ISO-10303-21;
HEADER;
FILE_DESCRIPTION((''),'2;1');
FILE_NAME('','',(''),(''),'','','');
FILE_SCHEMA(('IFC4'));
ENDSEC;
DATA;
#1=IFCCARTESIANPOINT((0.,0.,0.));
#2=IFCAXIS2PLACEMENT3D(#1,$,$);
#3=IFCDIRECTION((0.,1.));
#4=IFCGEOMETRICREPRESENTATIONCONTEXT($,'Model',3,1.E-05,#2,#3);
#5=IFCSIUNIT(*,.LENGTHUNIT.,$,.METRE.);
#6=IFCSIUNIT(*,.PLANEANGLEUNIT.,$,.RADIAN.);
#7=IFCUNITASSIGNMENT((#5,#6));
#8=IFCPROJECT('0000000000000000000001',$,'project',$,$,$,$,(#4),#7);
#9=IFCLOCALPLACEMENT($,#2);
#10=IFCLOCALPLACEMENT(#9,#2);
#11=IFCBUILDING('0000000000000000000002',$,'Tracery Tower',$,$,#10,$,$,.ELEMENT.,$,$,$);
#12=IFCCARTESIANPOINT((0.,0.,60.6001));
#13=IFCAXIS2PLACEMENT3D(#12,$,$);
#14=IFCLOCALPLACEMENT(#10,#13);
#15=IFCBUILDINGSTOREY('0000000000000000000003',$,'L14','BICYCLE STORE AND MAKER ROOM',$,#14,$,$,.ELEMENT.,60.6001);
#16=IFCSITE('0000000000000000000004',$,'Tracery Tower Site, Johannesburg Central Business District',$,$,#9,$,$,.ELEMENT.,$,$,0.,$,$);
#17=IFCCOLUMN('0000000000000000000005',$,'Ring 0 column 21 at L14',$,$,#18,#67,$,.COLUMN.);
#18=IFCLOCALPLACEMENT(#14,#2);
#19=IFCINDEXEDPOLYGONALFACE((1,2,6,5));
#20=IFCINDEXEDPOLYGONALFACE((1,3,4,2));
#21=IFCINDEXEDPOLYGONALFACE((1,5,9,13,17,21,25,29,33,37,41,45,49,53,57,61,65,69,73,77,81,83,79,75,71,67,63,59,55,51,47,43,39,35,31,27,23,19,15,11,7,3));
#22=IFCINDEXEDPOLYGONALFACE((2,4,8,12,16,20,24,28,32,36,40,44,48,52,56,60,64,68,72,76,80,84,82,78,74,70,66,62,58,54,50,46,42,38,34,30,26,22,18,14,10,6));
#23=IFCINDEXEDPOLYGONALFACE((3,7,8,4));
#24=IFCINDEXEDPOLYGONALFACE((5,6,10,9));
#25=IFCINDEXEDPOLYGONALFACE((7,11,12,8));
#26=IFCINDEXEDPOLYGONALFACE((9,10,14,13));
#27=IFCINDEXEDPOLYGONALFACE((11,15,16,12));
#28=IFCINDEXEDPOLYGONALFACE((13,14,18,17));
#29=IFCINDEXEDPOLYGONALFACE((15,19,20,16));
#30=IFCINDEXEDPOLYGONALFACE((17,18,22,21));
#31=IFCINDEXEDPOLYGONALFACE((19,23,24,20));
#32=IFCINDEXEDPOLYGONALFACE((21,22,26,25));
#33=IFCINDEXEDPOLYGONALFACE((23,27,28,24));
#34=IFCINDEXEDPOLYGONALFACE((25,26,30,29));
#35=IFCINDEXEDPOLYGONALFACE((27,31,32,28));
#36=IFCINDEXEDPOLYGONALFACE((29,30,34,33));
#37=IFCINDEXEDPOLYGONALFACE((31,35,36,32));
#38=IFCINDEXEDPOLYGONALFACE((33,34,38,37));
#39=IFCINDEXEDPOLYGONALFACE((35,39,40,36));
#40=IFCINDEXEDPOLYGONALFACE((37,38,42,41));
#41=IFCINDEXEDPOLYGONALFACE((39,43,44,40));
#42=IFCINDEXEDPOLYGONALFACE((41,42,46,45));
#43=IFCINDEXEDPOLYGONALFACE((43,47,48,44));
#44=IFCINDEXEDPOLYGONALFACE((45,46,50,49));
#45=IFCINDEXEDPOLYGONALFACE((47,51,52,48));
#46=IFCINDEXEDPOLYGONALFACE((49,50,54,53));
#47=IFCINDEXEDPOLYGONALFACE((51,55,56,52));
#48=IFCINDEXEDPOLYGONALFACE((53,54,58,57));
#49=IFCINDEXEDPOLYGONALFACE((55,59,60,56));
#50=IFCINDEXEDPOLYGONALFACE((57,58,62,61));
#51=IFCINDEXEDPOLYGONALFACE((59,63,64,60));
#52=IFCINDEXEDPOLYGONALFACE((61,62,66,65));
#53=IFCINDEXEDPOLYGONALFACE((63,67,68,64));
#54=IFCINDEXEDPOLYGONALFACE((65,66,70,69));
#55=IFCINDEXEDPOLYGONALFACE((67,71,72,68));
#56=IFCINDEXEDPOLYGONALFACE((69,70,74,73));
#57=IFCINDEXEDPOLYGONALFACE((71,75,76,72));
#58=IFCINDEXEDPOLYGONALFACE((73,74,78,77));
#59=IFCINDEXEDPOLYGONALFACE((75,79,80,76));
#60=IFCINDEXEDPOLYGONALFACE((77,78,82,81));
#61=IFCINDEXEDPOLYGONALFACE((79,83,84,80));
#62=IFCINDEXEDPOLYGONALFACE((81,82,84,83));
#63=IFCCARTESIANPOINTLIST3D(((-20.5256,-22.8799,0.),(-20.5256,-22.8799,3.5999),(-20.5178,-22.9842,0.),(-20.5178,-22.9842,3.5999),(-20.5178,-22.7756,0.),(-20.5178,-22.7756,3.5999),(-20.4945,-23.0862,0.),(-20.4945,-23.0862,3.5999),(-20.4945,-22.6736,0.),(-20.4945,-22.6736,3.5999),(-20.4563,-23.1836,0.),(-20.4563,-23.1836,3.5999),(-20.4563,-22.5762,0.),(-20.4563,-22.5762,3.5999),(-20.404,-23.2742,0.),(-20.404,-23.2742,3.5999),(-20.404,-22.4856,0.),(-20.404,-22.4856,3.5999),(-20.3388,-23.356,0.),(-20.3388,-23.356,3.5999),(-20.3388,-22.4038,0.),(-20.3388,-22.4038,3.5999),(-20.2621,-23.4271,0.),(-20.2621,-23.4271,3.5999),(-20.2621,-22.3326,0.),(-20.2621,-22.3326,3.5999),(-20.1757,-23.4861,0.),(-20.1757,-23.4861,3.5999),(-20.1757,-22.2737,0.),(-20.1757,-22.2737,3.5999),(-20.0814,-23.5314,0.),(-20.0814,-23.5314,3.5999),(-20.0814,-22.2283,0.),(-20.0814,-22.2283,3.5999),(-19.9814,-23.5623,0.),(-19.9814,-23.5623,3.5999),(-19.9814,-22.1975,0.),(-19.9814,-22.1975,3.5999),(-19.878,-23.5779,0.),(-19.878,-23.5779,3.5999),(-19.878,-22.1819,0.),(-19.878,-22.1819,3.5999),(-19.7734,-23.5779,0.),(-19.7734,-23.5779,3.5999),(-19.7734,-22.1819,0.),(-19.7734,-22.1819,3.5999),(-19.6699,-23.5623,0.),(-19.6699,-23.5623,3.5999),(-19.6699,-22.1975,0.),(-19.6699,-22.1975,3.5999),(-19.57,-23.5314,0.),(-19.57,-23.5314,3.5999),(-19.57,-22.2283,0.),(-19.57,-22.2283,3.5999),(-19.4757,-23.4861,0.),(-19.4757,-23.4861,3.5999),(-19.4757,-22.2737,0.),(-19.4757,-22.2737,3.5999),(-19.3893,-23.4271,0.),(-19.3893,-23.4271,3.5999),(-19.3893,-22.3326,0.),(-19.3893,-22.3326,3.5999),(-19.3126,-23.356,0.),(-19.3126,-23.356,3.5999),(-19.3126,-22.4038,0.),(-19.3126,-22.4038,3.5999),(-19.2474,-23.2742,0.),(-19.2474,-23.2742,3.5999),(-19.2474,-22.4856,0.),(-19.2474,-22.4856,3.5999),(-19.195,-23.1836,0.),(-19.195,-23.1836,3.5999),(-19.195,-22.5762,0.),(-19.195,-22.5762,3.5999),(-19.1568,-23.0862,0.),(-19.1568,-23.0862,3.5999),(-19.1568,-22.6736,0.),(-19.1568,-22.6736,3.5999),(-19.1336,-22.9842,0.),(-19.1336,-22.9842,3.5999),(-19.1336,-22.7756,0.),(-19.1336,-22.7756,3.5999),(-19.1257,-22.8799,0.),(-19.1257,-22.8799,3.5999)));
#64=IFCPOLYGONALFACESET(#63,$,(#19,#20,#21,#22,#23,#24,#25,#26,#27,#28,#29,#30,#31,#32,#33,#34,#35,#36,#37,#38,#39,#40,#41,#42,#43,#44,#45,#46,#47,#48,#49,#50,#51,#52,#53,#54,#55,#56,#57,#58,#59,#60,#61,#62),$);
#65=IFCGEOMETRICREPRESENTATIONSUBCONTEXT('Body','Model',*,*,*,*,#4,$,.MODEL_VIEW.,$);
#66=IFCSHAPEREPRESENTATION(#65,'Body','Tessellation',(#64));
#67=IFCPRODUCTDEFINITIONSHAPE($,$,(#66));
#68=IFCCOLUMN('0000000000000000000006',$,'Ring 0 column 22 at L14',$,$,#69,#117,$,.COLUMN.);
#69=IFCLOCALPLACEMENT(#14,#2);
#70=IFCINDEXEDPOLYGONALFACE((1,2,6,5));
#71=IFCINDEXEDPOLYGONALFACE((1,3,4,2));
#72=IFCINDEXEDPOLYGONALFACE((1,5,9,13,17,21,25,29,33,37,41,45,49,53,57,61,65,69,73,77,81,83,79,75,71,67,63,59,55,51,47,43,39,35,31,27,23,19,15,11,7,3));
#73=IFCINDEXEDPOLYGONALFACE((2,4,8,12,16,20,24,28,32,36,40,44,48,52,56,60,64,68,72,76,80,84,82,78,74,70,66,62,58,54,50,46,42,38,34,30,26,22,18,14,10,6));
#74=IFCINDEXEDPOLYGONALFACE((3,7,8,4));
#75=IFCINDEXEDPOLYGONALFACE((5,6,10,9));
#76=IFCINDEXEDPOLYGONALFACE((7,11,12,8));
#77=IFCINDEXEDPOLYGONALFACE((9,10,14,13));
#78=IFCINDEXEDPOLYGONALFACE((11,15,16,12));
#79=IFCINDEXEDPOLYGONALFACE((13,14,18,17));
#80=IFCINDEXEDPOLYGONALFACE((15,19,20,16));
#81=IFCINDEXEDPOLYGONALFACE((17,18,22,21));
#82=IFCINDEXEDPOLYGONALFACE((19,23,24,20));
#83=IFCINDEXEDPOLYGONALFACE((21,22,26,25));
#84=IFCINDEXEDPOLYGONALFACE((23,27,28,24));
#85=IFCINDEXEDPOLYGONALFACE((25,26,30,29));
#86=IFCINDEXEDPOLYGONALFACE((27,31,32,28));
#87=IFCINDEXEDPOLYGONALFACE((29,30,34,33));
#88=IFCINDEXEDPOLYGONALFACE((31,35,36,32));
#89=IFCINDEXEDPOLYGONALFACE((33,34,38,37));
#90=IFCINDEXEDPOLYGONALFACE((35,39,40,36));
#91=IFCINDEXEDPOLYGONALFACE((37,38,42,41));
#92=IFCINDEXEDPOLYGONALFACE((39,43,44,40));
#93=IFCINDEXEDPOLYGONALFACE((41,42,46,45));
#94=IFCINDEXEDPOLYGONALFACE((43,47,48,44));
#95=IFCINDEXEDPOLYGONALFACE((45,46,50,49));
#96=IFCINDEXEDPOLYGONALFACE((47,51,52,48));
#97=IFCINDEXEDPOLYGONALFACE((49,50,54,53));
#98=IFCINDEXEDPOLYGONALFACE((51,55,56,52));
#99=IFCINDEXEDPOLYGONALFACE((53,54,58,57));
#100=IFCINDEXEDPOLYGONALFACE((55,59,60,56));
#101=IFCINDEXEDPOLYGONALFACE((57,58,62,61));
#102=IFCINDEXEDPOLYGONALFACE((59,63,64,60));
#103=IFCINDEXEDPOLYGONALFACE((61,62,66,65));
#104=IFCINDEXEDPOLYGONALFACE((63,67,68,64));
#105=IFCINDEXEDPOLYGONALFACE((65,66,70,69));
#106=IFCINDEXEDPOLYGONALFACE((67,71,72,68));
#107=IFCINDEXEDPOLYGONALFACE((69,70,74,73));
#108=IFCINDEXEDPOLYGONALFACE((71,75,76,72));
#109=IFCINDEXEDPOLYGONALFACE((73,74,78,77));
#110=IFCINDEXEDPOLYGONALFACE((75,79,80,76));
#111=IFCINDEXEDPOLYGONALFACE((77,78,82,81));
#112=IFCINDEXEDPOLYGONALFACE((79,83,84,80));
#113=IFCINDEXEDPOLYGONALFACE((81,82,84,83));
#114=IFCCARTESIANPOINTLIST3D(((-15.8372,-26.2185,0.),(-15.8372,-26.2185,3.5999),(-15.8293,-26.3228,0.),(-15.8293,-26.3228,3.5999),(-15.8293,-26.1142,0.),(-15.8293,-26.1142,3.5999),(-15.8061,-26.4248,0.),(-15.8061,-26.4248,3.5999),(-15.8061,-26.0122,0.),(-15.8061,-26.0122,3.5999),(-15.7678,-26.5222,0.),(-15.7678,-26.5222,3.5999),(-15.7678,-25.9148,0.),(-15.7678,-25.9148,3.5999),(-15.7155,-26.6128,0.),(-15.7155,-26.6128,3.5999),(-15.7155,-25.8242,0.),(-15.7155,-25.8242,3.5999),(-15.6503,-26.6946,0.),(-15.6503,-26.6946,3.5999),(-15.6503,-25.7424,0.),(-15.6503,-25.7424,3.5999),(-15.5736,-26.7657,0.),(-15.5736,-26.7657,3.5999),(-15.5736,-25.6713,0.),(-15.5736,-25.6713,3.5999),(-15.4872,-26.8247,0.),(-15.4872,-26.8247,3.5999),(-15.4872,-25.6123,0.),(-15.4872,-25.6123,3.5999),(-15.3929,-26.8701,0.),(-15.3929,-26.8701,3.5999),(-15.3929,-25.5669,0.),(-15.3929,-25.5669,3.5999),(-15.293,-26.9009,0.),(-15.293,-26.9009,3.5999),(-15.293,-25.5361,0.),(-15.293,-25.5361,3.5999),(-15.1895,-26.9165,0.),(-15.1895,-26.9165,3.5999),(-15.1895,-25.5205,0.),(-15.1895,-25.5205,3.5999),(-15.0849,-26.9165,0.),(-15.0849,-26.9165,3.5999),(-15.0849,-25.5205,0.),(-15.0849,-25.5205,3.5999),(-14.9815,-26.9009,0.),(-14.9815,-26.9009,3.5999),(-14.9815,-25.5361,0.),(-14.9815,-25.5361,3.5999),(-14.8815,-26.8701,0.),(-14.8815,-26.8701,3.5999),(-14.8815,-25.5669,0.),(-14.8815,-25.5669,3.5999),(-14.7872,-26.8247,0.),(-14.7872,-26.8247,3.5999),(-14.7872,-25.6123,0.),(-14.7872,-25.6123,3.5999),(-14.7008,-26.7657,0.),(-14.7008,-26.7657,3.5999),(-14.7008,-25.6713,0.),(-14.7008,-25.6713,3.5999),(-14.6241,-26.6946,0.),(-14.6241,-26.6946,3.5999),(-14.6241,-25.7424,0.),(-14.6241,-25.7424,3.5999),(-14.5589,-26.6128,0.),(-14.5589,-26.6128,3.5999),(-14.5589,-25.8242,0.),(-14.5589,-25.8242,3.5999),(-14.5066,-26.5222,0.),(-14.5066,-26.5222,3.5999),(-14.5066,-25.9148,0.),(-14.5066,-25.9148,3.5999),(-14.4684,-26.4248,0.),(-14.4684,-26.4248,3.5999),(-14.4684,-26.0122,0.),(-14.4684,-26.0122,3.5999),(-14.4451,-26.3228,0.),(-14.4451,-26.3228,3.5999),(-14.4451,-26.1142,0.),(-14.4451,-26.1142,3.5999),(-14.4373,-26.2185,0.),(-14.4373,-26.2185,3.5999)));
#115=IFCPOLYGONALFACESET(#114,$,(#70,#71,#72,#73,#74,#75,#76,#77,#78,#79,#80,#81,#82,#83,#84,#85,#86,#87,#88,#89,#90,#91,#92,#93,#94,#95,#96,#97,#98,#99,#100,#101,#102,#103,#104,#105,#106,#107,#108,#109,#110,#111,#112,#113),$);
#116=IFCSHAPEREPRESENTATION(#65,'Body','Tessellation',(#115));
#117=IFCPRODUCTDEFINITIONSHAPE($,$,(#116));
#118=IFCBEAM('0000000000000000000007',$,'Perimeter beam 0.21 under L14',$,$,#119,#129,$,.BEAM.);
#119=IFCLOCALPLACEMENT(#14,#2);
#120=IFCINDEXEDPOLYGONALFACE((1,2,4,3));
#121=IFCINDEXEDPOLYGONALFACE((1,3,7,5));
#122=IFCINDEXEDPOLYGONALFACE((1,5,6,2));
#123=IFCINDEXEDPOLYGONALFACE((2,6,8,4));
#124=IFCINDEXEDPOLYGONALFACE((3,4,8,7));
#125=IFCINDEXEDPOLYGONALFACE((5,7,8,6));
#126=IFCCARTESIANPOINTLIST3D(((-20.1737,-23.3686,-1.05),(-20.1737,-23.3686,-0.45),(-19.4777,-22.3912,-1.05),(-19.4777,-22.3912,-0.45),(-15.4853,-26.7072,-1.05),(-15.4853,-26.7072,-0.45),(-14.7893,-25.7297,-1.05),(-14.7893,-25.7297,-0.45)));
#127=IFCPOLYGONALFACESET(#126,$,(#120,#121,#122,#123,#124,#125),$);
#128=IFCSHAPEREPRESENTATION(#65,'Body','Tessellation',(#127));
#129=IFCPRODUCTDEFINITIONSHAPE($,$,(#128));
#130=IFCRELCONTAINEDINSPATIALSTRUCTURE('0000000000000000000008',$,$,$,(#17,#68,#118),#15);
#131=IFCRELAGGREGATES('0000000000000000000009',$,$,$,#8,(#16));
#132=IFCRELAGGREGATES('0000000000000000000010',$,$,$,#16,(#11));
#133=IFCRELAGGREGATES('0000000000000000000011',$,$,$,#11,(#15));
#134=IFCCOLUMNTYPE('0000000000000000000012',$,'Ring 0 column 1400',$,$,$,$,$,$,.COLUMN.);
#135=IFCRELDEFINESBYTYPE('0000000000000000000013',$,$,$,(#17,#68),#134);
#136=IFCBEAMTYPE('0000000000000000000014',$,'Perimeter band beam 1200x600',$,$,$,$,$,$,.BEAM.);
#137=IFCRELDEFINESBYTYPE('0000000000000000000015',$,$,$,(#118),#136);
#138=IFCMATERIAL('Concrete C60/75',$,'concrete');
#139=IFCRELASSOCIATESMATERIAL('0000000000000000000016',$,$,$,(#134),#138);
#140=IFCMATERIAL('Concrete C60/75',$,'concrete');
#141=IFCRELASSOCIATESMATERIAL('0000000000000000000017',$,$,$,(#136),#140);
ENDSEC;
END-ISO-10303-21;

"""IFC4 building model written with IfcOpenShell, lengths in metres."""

from ifc_helpers import new_model, si_unit, direction, frame, origin, origin_2d, place, context, subcontext, project, spatial, rectangle, circle, extrude, material, material_profile, profile_set, type_object, element, save


model = new_model("IFC4")

# Units and contexts
model_context = context("Model", 3, precision=1e-05, world=origin(), true_north=direction((0.0, 1.0)))
body_context = subcontext(model_context, "Body", "Model", "MODEL_VIEW")
ifc_project = project(units=[si_unit("LENGTHUNIT", "METRE"), si_unit("PLANEANGLEUNIT", "RADIAN")], contexts=[model_context])

# Site, building, storey
site_placement = place(None, origin())
site = spatial("IfcSite", under=ifc_project, at=site_placement, Name="Tracery Tower Site, Johannesburg Central Business District", CompositionType="ELEMENT", RefElevation=0.0)
building_placement = place(site_placement, origin())
building = spatial("IfcBuilding", under=site, at=building_placement, Name="Tracery Tower", CompositionType="ELEMENT")
storey_placement = place(building_placement, frame((0.0, 0.0, 60.6001)))
storey = spatial("IfcBuildingStorey", under=building, at=storey_placement, Name="L14", Description="BICYCLE STORE AND MAKER ROOM", CompositionType="ELEMENT", Elevation=60.6001)

# Columns
ifc_material_1 = material(Name="Concrete C60/75", Category="concrete")
ifc_material_profile_1 = material_profile(ifc_material_1, circle(Radius=0.7, at=origin_2d()), Name="RC D1400")
ifc_profile_set_1 = profile_set([ifc_material_profile_1], Name="Concrete C60/75")
column_type = type_object("IfcColumnType", Name="Ring 0 column 1400", PredefinedType="COLUMN", material=ifc_profile_set_1)
for number, where, z_axis, x_axis, name in (
    (1, (-19.8257, -22.8799, 0.0), (0.0, 0.0, 1.0), (1.0, 0.0, 0.0), "Ring 0 column 21 at L14"),
    (2, (-15.1372, -26.2185, 0.0), (0.0, 0.0, 1.0), (1.0, 0.0, 0.0), "Ring 0 column 22 at L14"),
):
    element("IfcColumn", number, at=place(storey_placement, frame(where, z_axis=z_axis, x_axis=x_axis)), inside=storey, type_object=column_type, Name=name, PredefinedType="COLUMN", context=body_context, shape_type="SweptSolid", body=[
        extrude(circle(Radius=0.7, at=origin_2d()), origin(), (0.0, 0.0, 1.0), 3.5999),
    ])

# Beam
ifc_material_2 = material(Name="Concrete C60/75", Category="concrete")
ifc_material_profile_2 = material_profile(ifc_material_2, rectangle(XDim=1.2, YDim=0.6001, at=origin_2d()), Name="RC 1200x600")
ifc_profile_set_2 = profile_set([ifc_material_profile_2], Name="Concrete C60/75")
beam_type = type_object("IfcBeamType", Name="Perimeter band beam 1200x600", PredefinedType="BEAM", material=ifc_profile_set_2)
beam_placement = place(storey_placement, frame((-19.8257, -22.8799, -0.75), z_axis=(0.814578, -0.580054, 0.0), x_axis=(0.580054, 0.814578, 0.0)))
element("IfcBeam", 3, at=beam_placement, inside=storey, type_object=beam_type, Name="Perimeter beam 0.21 under L14", PredefinedType="BEAM", context=body_context, shape_type="SweptSolid", body=[
    extrude(rectangle(XDim=1.2, YDim=0.6001, at=origin_2d()), origin(), (0.0, 0.0, 1.0), 5.7556),
])

save(model, "model.ifc")
